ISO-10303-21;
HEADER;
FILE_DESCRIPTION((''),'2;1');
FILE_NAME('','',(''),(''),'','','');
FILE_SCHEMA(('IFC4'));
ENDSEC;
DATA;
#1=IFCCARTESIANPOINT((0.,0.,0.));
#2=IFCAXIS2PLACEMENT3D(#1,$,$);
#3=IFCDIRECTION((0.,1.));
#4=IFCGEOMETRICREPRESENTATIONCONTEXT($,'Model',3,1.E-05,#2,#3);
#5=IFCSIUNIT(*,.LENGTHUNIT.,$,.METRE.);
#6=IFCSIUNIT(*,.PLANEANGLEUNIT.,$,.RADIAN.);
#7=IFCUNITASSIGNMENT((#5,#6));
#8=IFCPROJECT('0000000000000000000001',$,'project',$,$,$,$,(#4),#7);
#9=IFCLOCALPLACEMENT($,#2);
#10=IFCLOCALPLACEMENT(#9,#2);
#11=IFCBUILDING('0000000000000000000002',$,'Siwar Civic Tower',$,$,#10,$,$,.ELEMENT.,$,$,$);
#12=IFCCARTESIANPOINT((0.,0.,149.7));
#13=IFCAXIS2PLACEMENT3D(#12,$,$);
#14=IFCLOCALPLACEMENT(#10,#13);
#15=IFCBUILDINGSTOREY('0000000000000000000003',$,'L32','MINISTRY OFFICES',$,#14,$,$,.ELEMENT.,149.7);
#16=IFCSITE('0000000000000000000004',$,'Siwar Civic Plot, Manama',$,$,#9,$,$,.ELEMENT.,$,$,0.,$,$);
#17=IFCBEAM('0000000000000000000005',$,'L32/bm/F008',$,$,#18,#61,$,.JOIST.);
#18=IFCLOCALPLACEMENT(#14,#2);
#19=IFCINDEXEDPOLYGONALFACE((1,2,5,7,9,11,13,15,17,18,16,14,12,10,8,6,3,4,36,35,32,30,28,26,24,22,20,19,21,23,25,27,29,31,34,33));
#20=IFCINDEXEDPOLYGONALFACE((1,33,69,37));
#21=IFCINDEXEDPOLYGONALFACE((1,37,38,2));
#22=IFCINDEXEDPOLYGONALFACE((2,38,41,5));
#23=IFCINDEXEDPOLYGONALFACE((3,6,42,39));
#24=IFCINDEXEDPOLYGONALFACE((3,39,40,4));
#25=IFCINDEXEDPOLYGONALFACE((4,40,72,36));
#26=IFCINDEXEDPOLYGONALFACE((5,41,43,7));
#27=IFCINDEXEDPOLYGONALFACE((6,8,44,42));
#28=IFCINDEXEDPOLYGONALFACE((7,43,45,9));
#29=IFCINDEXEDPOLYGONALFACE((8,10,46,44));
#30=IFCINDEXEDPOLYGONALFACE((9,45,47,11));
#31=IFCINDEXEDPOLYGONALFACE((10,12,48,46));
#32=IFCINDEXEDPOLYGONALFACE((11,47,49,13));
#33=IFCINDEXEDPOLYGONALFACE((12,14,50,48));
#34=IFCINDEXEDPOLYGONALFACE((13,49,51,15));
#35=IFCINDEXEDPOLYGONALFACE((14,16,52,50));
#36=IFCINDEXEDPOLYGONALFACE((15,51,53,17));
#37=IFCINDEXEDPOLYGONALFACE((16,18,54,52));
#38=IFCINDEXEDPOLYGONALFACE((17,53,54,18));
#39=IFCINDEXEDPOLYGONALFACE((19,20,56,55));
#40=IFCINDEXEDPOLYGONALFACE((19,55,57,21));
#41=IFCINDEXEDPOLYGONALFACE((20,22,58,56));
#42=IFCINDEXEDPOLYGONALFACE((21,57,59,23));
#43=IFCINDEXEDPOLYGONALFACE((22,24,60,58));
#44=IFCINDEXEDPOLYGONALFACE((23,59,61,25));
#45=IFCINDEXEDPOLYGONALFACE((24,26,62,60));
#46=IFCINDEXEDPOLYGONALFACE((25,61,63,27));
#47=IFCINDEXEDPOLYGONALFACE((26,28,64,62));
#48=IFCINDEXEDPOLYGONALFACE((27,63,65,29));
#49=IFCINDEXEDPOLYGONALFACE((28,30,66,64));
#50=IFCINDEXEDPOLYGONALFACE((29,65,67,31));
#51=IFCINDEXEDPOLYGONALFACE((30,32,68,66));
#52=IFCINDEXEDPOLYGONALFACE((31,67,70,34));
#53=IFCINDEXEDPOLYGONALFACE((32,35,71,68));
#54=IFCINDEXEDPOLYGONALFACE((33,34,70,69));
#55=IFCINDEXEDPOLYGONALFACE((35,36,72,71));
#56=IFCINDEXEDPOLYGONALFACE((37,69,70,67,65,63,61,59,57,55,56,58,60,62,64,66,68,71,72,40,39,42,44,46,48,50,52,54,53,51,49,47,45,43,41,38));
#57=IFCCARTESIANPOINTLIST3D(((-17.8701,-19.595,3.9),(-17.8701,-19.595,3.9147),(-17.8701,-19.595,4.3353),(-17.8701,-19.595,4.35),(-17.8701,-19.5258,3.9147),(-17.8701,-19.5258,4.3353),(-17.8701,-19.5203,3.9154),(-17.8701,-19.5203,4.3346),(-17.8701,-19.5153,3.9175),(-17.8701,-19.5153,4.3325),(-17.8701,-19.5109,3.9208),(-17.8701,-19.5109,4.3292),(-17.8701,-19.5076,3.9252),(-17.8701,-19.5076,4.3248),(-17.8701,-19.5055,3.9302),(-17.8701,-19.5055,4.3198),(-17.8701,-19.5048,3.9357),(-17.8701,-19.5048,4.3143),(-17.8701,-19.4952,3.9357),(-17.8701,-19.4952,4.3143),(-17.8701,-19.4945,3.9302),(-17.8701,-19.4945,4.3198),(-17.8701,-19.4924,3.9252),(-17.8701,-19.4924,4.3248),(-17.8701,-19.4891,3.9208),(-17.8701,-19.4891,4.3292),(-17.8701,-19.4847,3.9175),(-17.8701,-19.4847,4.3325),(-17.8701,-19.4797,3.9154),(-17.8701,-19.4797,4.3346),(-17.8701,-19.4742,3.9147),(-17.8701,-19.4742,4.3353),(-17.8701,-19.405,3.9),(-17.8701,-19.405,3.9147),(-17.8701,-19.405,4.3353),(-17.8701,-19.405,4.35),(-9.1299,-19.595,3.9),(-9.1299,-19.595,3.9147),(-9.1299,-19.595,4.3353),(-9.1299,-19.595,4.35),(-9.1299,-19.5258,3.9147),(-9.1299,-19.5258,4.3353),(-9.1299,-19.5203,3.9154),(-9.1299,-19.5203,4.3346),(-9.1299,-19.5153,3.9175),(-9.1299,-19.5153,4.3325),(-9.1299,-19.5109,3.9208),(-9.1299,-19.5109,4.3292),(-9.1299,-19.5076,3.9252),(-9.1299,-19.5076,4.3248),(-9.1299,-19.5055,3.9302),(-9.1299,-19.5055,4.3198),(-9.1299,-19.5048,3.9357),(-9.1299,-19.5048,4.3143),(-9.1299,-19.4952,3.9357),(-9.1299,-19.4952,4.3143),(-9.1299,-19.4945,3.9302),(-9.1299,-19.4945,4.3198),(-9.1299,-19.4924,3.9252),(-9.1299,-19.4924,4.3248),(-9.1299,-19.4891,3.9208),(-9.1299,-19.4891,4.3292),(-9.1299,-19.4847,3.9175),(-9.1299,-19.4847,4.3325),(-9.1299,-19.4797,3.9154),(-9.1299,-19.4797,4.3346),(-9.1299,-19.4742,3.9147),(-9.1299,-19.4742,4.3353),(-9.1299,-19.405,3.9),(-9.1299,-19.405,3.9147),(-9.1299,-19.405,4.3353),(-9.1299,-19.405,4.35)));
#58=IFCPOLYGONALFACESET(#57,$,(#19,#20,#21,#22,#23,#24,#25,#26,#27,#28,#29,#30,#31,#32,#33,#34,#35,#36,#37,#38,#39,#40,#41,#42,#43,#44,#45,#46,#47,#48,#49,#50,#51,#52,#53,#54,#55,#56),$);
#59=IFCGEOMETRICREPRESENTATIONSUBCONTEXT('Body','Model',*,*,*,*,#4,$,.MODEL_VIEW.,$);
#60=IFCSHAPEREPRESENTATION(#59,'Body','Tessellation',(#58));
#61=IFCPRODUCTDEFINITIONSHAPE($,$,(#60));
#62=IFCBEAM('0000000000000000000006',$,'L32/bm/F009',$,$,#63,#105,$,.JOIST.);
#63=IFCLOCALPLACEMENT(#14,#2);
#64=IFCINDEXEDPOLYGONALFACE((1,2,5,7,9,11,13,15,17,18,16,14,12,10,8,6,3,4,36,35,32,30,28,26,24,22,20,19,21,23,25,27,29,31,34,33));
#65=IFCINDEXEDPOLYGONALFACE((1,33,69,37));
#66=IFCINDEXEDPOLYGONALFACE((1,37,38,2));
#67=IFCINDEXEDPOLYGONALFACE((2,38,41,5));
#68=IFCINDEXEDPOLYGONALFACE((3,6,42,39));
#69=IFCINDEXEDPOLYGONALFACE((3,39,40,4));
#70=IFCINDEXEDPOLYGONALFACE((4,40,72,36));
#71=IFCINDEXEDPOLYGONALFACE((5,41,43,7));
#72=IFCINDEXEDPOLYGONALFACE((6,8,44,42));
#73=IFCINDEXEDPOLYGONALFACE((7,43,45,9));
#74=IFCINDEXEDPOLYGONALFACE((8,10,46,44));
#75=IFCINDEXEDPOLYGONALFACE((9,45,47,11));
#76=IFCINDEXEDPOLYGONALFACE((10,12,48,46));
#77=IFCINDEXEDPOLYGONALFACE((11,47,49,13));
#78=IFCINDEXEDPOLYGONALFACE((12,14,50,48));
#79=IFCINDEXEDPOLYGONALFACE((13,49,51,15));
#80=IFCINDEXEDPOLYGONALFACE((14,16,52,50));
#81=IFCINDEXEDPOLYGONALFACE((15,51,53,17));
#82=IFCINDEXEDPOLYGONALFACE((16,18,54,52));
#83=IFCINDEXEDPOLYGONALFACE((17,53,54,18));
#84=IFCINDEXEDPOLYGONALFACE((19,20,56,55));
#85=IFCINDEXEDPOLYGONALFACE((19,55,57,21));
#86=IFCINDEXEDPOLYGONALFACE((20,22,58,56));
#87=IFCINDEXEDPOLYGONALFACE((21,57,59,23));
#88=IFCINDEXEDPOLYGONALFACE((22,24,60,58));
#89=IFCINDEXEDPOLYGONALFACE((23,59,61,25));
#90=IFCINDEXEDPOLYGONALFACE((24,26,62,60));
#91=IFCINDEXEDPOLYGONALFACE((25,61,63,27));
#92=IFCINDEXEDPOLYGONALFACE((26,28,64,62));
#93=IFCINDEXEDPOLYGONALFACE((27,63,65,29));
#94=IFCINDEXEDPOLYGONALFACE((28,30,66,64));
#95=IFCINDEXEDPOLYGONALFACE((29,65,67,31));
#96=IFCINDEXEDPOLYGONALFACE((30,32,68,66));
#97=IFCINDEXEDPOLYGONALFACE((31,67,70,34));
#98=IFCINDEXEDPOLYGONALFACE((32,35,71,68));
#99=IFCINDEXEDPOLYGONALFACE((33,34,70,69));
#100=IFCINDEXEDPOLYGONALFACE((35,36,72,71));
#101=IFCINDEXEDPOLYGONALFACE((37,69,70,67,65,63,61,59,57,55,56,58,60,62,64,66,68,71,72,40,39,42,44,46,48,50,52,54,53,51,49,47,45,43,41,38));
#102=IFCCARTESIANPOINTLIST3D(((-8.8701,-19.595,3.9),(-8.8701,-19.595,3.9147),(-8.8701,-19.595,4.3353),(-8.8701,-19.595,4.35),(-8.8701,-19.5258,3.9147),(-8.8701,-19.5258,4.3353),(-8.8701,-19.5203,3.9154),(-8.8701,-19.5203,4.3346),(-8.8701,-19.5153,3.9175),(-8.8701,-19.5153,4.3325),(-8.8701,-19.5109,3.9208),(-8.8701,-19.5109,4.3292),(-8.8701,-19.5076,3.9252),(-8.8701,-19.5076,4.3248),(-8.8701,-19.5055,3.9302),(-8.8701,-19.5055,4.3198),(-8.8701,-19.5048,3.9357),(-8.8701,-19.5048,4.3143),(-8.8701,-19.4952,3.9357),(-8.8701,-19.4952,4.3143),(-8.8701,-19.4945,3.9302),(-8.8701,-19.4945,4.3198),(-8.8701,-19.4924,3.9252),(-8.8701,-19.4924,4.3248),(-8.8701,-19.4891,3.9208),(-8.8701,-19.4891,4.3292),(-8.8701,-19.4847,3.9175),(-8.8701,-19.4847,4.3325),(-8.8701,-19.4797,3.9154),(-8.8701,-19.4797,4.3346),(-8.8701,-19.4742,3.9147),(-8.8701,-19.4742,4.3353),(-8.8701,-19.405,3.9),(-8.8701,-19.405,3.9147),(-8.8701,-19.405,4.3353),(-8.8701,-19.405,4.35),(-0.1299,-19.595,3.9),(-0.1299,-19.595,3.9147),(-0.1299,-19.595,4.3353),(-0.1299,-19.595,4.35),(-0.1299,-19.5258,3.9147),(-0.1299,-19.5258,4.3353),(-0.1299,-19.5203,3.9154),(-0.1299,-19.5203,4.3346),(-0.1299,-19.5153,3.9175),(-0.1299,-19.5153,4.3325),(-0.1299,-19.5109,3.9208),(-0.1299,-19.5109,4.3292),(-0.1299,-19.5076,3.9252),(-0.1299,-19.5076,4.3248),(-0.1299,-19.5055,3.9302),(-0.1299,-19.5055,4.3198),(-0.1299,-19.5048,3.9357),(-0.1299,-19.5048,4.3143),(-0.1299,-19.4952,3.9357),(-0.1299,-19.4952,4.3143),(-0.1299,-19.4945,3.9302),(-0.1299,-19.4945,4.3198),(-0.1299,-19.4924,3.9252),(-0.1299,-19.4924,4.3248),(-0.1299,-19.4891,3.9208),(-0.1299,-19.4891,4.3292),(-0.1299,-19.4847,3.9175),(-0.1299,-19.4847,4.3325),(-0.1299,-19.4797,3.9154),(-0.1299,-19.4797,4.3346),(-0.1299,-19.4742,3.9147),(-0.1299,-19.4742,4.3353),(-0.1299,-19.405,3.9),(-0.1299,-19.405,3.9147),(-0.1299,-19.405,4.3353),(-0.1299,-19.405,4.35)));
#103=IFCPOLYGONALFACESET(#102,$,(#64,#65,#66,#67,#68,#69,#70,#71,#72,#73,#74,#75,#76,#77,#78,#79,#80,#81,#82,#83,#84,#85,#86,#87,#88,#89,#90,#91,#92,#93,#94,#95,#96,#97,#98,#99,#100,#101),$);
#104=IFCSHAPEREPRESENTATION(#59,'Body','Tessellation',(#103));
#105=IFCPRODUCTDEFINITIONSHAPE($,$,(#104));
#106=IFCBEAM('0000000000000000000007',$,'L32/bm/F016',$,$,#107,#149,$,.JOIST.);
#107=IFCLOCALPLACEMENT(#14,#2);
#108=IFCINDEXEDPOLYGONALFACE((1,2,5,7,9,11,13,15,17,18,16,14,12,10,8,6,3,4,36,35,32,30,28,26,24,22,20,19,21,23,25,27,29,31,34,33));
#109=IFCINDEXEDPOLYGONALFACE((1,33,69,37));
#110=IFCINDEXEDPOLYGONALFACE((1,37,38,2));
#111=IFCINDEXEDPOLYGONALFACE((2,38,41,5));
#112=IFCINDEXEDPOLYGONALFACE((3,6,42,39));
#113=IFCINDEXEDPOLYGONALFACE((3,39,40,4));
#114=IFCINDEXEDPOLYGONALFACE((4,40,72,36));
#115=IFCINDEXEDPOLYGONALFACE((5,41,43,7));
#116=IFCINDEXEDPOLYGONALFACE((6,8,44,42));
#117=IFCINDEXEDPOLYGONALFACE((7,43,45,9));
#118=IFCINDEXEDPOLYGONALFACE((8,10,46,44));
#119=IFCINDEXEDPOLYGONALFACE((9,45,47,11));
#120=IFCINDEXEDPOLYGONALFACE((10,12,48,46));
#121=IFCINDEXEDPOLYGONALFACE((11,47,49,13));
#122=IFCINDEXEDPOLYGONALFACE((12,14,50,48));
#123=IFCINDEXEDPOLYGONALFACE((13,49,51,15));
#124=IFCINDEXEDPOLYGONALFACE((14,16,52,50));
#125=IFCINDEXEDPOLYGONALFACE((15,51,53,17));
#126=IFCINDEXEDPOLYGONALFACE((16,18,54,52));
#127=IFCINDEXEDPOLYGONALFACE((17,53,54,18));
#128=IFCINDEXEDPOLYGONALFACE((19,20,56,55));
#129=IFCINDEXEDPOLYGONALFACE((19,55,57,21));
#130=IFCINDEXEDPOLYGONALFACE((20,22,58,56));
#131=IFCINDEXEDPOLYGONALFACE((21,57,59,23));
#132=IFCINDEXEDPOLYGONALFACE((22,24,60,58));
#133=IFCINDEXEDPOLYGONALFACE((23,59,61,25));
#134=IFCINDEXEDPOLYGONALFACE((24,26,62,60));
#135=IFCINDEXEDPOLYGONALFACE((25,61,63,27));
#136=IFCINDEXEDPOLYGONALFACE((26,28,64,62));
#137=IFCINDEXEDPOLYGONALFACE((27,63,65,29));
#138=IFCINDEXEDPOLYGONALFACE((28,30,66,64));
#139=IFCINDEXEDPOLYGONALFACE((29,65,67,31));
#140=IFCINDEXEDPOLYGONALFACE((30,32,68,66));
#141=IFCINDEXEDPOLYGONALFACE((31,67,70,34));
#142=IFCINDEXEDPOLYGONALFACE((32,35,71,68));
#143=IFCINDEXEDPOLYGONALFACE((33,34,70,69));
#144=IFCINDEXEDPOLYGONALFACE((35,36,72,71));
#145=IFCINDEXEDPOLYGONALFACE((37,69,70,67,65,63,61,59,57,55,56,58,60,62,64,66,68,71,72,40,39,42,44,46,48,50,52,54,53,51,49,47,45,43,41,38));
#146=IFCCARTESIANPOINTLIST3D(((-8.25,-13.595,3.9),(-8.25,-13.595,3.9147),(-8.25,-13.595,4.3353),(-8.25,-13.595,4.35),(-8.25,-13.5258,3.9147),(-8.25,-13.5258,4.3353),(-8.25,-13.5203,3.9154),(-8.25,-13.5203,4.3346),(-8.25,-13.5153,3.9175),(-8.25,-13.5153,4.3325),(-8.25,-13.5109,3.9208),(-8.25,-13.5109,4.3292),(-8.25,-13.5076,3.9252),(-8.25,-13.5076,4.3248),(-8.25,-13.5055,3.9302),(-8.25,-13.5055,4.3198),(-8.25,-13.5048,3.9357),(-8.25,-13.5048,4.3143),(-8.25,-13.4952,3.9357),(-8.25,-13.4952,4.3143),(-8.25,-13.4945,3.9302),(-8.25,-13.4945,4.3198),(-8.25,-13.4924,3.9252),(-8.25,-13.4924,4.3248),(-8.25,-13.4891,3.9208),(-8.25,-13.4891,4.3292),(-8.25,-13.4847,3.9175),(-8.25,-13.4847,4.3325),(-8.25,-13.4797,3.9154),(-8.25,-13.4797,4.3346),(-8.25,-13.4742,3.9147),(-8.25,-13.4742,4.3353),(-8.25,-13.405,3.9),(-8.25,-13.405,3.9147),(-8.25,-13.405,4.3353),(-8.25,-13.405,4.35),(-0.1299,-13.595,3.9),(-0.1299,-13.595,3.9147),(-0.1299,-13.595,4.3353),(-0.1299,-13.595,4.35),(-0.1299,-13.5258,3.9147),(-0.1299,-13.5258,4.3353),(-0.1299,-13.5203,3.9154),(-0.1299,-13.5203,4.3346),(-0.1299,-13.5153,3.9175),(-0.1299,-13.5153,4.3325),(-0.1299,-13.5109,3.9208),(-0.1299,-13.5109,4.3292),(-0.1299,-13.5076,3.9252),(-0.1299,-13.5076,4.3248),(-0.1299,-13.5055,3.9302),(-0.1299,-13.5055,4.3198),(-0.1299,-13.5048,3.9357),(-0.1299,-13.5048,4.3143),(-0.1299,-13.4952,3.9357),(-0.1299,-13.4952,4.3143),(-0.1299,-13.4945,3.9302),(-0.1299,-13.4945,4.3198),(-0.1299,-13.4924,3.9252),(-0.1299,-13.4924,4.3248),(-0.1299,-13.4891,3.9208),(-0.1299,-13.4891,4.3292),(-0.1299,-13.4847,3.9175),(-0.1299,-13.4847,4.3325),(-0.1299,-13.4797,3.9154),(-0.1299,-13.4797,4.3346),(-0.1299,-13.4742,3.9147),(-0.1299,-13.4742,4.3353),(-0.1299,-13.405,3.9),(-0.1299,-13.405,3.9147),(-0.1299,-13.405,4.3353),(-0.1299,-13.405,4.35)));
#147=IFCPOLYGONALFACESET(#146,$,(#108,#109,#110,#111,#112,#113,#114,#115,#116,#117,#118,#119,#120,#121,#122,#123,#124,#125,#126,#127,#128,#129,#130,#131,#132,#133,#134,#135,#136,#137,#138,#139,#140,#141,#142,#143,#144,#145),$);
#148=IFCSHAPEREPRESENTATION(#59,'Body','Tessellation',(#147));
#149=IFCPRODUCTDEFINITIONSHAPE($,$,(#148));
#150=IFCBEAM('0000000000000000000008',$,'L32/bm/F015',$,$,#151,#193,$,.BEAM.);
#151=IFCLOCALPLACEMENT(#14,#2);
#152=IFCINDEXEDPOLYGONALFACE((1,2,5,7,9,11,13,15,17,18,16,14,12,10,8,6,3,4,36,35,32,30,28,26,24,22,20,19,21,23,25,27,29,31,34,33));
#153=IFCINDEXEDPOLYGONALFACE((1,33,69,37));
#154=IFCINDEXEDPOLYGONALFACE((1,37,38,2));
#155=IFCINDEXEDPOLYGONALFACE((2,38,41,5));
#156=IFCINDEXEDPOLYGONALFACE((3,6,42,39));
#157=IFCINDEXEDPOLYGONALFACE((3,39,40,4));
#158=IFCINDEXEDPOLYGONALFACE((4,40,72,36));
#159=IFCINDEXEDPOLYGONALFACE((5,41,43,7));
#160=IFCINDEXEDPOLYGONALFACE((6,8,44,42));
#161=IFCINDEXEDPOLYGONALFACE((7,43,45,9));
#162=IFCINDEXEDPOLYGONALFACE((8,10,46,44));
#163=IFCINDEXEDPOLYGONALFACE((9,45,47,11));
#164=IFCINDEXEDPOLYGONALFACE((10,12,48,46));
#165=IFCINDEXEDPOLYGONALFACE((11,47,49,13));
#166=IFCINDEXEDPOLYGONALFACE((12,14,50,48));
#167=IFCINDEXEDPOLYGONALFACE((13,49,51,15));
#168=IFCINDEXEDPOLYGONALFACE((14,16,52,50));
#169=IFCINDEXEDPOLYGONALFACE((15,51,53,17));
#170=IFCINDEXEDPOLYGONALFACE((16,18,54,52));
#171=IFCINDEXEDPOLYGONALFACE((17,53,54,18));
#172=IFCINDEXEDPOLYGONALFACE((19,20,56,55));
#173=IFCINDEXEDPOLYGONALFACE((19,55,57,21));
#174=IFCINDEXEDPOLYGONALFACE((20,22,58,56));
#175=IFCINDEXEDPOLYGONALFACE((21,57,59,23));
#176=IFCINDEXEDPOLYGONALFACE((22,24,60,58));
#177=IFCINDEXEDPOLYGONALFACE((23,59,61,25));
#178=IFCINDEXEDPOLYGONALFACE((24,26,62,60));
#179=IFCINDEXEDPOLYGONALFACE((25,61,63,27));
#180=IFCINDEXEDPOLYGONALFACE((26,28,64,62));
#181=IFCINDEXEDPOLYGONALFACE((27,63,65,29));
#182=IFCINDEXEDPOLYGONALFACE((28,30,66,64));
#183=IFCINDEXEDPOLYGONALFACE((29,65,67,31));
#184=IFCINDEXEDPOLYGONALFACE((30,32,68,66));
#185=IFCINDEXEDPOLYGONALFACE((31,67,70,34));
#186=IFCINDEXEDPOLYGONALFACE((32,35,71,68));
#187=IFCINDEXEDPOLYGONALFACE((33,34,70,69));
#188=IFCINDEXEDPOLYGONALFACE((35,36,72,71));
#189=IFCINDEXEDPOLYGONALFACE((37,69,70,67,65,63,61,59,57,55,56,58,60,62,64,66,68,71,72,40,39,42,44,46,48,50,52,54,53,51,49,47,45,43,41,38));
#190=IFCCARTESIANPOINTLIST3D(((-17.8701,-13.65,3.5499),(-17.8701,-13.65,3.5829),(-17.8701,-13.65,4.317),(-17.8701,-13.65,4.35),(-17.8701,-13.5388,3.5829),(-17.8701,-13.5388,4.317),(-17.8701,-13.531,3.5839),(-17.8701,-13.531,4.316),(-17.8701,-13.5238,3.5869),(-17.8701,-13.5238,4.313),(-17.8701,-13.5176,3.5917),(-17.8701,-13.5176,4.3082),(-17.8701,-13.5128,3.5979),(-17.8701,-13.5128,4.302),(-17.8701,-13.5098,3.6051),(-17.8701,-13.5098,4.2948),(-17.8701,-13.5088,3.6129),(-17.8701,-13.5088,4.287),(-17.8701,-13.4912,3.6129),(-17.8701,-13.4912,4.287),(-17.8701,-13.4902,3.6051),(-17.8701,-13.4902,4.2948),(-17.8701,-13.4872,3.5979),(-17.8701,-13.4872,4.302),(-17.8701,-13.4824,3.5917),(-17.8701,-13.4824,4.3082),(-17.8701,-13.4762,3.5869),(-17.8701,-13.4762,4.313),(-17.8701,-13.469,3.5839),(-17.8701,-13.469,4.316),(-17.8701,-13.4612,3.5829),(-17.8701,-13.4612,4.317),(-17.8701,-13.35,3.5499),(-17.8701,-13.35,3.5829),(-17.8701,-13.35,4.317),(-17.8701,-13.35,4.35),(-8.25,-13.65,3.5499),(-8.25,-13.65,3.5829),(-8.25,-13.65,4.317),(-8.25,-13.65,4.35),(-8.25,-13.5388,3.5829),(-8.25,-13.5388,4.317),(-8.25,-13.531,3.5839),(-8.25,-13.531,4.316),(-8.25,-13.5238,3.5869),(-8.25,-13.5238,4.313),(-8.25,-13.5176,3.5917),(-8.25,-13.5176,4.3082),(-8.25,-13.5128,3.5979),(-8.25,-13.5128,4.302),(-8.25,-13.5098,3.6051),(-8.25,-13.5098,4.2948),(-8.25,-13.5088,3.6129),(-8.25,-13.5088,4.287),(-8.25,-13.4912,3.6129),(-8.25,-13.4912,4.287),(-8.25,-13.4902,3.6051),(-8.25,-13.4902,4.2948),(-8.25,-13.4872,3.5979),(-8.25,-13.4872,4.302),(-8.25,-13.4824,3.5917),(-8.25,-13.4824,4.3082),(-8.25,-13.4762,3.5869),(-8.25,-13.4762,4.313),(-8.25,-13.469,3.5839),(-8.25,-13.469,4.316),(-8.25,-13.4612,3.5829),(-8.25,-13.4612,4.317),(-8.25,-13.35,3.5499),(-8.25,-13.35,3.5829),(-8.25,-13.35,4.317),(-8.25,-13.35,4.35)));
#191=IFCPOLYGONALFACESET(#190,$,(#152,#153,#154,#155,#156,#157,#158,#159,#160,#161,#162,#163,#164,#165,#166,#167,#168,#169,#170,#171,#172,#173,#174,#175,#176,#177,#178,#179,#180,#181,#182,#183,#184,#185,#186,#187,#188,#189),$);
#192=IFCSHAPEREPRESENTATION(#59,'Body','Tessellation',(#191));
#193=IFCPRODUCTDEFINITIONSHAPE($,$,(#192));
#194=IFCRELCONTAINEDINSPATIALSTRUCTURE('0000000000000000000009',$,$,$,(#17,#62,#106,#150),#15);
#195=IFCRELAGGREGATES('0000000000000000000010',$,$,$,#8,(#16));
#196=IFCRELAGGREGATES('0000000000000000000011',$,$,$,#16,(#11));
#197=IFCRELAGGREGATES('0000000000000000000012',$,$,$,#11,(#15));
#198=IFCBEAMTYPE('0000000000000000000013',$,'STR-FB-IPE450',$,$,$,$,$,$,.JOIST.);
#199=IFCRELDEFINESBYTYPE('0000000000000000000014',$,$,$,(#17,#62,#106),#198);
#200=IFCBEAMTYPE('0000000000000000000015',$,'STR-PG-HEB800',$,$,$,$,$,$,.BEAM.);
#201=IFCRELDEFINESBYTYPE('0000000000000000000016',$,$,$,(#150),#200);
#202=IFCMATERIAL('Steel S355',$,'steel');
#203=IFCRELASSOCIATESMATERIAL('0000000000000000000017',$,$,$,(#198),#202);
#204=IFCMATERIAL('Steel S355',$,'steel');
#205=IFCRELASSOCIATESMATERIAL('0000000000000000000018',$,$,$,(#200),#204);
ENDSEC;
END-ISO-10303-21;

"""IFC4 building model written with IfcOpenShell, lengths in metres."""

from ifc_helpers import new_model, si_unit, direction, frame, origin, origin_2d, place, context, subcontext, project, spatial, i_section, extrude, material, material_profile, profile_set, type_object, element, save


model = new_model("IFC4")

# Units and contexts
model_context = context("Model", 3, precision=1e-05, world=origin(), true_north=direction((0.0, 1.0)))
body_context = subcontext(model_context, "Body", "Model", "MODEL_VIEW")
ifc_project = project(units=[si_unit("LENGTHUNIT", "METRE"), si_unit("PLANEANGLEUNIT", "RADIAN")], contexts=[model_context])

# Site, building, storey
site_placement = place(None, origin())
site = spatial("IfcSite", under=ifc_project, at=site_placement, Name="Siwar Civic Plot, Manama", CompositionType="ELEMENT", RefElevation=0.0)
building_placement = place(site_placement, origin())
building = spatial("IfcBuilding", under=site, at=building_placement, Name="Siwar Civic Tower", CompositionType="ELEMENT")
storey_placement = place(building_placement, frame((0.0, 0.0, 149.7)))
storey = spatial("IfcBuildingStorey", under=building, at=storey_placement, Name="L32", Description="MINISTRY OFFICES", CompositionType="ELEMENT", Elevation=149.7)

# Beams
ifc_material_1 = material(Name="Steel S355", Category="steel")
ifc_material_profile_1 = material_profile(ifc_material_1, i_section(OverallWidth=0.1899, OverallDepth=0.45, WebThickness=0.0095, FlangeThickness=0.0146, FilletRadius=0.021, at=origin_2d()), Name="IPE450")
ifc_profile_set_1 = profile_set([ifc_material_profile_1], Name="Steel S355")
beam_type_1 = type_object("IfcBeamType", Name="STR-FB-IPE450", PredefinedType="JOIST", material=ifc_profile_set_1)
for number, where, z_axis, x_axis, name in (
    (1, (-17.8701, -19.5, 4.125), (1.0, 0.0, 0.0), (0.0, 1.0, 0.0), "L32/bm/F008"),
    (2, (-8.8701, -19.5, 4.125), (1.0, 0.0, 0.0), (0.0, 1.0, 0.0), "L32/bm/F009"),
):
    element("IfcBeam", number, at=place(storey_placement, frame(where, z_axis=z_axis, x_axis=x_axis)), inside=storey, type_object=beam_type_1, Name=name, PredefinedType="JOIST", context=body_context, shape_type="SweptSolid", body=[
        extrude(i_section(OverallWidth=0.1899, OverallDepth=0.45, WebThickness=0.0095, FlangeThickness=0.0146, FilletRadius=0.021, at=origin_2d()), origin(), (0.0, 0.0, 1.0), 8.7402),
    ])
beam_1_placement = place(storey_placement, frame((-8.25, -13.5, 4.125), z_axis=(1.0, 0.0, 0.0), x_axis=(0.0, 1.0, 0.0)))
element("IfcBeam", 3, at=beam_1_placement, inside=storey, type_object=beam_type_1, Name="L32/bm/F016", PredefinedType="JOIST", context=body_context, shape_type="SweptSolid", body=[
    extrude(i_section(OverallWidth=0.1899, OverallDepth=0.45, WebThickness=0.0095, FlangeThickness=0.0146, FilletRadius=0.021, at=origin_2d()), origin(), (0.0, 0.0, 1.0), 8.1201),
])
ifc_material_2 = material(Name="Steel S355", Category="steel")
ifc_material_profile_2 = material_profile(ifc_material_2, i_section(OverallWidth=0.3, OverallDepth=0.8, WebThickness=0.0176, FlangeThickness=0.033, FilletRadius=0.03, at=origin_2d()), Name="HEB800")
ifc_profile_set_2 = profile_set([ifc_material_profile_2], Name="Steel S355")
beam_type_2 = type_object("IfcBeamType", Name="STR-PG-HEB800", PredefinedType="BEAM", material=ifc_profile_set_2)
beam_2_placement = place(storey_placement, frame((-17.8701, -13.5, 3.95), z_axis=(1.0, 0.0, 0.0), x_axis=(0.0, 1.0, 0.0)))
element("IfcBeam", 4, at=beam_2_placement, inside=storey, type_object=beam_type_2, Name="L32/bm/F015", PredefinedType="BEAM", context=body_context, shape_type="SweptSolid", body=[
    extrude(i_section(OverallWidth=0.3, OverallDepth=0.8, WebThickness=0.0176, FlangeThickness=0.033, FilletRadius=0.03, at=origin_2d()), origin(), (0.0, 0.0, 1.0), 9.6201),
])

save(model, "model.ifc")
